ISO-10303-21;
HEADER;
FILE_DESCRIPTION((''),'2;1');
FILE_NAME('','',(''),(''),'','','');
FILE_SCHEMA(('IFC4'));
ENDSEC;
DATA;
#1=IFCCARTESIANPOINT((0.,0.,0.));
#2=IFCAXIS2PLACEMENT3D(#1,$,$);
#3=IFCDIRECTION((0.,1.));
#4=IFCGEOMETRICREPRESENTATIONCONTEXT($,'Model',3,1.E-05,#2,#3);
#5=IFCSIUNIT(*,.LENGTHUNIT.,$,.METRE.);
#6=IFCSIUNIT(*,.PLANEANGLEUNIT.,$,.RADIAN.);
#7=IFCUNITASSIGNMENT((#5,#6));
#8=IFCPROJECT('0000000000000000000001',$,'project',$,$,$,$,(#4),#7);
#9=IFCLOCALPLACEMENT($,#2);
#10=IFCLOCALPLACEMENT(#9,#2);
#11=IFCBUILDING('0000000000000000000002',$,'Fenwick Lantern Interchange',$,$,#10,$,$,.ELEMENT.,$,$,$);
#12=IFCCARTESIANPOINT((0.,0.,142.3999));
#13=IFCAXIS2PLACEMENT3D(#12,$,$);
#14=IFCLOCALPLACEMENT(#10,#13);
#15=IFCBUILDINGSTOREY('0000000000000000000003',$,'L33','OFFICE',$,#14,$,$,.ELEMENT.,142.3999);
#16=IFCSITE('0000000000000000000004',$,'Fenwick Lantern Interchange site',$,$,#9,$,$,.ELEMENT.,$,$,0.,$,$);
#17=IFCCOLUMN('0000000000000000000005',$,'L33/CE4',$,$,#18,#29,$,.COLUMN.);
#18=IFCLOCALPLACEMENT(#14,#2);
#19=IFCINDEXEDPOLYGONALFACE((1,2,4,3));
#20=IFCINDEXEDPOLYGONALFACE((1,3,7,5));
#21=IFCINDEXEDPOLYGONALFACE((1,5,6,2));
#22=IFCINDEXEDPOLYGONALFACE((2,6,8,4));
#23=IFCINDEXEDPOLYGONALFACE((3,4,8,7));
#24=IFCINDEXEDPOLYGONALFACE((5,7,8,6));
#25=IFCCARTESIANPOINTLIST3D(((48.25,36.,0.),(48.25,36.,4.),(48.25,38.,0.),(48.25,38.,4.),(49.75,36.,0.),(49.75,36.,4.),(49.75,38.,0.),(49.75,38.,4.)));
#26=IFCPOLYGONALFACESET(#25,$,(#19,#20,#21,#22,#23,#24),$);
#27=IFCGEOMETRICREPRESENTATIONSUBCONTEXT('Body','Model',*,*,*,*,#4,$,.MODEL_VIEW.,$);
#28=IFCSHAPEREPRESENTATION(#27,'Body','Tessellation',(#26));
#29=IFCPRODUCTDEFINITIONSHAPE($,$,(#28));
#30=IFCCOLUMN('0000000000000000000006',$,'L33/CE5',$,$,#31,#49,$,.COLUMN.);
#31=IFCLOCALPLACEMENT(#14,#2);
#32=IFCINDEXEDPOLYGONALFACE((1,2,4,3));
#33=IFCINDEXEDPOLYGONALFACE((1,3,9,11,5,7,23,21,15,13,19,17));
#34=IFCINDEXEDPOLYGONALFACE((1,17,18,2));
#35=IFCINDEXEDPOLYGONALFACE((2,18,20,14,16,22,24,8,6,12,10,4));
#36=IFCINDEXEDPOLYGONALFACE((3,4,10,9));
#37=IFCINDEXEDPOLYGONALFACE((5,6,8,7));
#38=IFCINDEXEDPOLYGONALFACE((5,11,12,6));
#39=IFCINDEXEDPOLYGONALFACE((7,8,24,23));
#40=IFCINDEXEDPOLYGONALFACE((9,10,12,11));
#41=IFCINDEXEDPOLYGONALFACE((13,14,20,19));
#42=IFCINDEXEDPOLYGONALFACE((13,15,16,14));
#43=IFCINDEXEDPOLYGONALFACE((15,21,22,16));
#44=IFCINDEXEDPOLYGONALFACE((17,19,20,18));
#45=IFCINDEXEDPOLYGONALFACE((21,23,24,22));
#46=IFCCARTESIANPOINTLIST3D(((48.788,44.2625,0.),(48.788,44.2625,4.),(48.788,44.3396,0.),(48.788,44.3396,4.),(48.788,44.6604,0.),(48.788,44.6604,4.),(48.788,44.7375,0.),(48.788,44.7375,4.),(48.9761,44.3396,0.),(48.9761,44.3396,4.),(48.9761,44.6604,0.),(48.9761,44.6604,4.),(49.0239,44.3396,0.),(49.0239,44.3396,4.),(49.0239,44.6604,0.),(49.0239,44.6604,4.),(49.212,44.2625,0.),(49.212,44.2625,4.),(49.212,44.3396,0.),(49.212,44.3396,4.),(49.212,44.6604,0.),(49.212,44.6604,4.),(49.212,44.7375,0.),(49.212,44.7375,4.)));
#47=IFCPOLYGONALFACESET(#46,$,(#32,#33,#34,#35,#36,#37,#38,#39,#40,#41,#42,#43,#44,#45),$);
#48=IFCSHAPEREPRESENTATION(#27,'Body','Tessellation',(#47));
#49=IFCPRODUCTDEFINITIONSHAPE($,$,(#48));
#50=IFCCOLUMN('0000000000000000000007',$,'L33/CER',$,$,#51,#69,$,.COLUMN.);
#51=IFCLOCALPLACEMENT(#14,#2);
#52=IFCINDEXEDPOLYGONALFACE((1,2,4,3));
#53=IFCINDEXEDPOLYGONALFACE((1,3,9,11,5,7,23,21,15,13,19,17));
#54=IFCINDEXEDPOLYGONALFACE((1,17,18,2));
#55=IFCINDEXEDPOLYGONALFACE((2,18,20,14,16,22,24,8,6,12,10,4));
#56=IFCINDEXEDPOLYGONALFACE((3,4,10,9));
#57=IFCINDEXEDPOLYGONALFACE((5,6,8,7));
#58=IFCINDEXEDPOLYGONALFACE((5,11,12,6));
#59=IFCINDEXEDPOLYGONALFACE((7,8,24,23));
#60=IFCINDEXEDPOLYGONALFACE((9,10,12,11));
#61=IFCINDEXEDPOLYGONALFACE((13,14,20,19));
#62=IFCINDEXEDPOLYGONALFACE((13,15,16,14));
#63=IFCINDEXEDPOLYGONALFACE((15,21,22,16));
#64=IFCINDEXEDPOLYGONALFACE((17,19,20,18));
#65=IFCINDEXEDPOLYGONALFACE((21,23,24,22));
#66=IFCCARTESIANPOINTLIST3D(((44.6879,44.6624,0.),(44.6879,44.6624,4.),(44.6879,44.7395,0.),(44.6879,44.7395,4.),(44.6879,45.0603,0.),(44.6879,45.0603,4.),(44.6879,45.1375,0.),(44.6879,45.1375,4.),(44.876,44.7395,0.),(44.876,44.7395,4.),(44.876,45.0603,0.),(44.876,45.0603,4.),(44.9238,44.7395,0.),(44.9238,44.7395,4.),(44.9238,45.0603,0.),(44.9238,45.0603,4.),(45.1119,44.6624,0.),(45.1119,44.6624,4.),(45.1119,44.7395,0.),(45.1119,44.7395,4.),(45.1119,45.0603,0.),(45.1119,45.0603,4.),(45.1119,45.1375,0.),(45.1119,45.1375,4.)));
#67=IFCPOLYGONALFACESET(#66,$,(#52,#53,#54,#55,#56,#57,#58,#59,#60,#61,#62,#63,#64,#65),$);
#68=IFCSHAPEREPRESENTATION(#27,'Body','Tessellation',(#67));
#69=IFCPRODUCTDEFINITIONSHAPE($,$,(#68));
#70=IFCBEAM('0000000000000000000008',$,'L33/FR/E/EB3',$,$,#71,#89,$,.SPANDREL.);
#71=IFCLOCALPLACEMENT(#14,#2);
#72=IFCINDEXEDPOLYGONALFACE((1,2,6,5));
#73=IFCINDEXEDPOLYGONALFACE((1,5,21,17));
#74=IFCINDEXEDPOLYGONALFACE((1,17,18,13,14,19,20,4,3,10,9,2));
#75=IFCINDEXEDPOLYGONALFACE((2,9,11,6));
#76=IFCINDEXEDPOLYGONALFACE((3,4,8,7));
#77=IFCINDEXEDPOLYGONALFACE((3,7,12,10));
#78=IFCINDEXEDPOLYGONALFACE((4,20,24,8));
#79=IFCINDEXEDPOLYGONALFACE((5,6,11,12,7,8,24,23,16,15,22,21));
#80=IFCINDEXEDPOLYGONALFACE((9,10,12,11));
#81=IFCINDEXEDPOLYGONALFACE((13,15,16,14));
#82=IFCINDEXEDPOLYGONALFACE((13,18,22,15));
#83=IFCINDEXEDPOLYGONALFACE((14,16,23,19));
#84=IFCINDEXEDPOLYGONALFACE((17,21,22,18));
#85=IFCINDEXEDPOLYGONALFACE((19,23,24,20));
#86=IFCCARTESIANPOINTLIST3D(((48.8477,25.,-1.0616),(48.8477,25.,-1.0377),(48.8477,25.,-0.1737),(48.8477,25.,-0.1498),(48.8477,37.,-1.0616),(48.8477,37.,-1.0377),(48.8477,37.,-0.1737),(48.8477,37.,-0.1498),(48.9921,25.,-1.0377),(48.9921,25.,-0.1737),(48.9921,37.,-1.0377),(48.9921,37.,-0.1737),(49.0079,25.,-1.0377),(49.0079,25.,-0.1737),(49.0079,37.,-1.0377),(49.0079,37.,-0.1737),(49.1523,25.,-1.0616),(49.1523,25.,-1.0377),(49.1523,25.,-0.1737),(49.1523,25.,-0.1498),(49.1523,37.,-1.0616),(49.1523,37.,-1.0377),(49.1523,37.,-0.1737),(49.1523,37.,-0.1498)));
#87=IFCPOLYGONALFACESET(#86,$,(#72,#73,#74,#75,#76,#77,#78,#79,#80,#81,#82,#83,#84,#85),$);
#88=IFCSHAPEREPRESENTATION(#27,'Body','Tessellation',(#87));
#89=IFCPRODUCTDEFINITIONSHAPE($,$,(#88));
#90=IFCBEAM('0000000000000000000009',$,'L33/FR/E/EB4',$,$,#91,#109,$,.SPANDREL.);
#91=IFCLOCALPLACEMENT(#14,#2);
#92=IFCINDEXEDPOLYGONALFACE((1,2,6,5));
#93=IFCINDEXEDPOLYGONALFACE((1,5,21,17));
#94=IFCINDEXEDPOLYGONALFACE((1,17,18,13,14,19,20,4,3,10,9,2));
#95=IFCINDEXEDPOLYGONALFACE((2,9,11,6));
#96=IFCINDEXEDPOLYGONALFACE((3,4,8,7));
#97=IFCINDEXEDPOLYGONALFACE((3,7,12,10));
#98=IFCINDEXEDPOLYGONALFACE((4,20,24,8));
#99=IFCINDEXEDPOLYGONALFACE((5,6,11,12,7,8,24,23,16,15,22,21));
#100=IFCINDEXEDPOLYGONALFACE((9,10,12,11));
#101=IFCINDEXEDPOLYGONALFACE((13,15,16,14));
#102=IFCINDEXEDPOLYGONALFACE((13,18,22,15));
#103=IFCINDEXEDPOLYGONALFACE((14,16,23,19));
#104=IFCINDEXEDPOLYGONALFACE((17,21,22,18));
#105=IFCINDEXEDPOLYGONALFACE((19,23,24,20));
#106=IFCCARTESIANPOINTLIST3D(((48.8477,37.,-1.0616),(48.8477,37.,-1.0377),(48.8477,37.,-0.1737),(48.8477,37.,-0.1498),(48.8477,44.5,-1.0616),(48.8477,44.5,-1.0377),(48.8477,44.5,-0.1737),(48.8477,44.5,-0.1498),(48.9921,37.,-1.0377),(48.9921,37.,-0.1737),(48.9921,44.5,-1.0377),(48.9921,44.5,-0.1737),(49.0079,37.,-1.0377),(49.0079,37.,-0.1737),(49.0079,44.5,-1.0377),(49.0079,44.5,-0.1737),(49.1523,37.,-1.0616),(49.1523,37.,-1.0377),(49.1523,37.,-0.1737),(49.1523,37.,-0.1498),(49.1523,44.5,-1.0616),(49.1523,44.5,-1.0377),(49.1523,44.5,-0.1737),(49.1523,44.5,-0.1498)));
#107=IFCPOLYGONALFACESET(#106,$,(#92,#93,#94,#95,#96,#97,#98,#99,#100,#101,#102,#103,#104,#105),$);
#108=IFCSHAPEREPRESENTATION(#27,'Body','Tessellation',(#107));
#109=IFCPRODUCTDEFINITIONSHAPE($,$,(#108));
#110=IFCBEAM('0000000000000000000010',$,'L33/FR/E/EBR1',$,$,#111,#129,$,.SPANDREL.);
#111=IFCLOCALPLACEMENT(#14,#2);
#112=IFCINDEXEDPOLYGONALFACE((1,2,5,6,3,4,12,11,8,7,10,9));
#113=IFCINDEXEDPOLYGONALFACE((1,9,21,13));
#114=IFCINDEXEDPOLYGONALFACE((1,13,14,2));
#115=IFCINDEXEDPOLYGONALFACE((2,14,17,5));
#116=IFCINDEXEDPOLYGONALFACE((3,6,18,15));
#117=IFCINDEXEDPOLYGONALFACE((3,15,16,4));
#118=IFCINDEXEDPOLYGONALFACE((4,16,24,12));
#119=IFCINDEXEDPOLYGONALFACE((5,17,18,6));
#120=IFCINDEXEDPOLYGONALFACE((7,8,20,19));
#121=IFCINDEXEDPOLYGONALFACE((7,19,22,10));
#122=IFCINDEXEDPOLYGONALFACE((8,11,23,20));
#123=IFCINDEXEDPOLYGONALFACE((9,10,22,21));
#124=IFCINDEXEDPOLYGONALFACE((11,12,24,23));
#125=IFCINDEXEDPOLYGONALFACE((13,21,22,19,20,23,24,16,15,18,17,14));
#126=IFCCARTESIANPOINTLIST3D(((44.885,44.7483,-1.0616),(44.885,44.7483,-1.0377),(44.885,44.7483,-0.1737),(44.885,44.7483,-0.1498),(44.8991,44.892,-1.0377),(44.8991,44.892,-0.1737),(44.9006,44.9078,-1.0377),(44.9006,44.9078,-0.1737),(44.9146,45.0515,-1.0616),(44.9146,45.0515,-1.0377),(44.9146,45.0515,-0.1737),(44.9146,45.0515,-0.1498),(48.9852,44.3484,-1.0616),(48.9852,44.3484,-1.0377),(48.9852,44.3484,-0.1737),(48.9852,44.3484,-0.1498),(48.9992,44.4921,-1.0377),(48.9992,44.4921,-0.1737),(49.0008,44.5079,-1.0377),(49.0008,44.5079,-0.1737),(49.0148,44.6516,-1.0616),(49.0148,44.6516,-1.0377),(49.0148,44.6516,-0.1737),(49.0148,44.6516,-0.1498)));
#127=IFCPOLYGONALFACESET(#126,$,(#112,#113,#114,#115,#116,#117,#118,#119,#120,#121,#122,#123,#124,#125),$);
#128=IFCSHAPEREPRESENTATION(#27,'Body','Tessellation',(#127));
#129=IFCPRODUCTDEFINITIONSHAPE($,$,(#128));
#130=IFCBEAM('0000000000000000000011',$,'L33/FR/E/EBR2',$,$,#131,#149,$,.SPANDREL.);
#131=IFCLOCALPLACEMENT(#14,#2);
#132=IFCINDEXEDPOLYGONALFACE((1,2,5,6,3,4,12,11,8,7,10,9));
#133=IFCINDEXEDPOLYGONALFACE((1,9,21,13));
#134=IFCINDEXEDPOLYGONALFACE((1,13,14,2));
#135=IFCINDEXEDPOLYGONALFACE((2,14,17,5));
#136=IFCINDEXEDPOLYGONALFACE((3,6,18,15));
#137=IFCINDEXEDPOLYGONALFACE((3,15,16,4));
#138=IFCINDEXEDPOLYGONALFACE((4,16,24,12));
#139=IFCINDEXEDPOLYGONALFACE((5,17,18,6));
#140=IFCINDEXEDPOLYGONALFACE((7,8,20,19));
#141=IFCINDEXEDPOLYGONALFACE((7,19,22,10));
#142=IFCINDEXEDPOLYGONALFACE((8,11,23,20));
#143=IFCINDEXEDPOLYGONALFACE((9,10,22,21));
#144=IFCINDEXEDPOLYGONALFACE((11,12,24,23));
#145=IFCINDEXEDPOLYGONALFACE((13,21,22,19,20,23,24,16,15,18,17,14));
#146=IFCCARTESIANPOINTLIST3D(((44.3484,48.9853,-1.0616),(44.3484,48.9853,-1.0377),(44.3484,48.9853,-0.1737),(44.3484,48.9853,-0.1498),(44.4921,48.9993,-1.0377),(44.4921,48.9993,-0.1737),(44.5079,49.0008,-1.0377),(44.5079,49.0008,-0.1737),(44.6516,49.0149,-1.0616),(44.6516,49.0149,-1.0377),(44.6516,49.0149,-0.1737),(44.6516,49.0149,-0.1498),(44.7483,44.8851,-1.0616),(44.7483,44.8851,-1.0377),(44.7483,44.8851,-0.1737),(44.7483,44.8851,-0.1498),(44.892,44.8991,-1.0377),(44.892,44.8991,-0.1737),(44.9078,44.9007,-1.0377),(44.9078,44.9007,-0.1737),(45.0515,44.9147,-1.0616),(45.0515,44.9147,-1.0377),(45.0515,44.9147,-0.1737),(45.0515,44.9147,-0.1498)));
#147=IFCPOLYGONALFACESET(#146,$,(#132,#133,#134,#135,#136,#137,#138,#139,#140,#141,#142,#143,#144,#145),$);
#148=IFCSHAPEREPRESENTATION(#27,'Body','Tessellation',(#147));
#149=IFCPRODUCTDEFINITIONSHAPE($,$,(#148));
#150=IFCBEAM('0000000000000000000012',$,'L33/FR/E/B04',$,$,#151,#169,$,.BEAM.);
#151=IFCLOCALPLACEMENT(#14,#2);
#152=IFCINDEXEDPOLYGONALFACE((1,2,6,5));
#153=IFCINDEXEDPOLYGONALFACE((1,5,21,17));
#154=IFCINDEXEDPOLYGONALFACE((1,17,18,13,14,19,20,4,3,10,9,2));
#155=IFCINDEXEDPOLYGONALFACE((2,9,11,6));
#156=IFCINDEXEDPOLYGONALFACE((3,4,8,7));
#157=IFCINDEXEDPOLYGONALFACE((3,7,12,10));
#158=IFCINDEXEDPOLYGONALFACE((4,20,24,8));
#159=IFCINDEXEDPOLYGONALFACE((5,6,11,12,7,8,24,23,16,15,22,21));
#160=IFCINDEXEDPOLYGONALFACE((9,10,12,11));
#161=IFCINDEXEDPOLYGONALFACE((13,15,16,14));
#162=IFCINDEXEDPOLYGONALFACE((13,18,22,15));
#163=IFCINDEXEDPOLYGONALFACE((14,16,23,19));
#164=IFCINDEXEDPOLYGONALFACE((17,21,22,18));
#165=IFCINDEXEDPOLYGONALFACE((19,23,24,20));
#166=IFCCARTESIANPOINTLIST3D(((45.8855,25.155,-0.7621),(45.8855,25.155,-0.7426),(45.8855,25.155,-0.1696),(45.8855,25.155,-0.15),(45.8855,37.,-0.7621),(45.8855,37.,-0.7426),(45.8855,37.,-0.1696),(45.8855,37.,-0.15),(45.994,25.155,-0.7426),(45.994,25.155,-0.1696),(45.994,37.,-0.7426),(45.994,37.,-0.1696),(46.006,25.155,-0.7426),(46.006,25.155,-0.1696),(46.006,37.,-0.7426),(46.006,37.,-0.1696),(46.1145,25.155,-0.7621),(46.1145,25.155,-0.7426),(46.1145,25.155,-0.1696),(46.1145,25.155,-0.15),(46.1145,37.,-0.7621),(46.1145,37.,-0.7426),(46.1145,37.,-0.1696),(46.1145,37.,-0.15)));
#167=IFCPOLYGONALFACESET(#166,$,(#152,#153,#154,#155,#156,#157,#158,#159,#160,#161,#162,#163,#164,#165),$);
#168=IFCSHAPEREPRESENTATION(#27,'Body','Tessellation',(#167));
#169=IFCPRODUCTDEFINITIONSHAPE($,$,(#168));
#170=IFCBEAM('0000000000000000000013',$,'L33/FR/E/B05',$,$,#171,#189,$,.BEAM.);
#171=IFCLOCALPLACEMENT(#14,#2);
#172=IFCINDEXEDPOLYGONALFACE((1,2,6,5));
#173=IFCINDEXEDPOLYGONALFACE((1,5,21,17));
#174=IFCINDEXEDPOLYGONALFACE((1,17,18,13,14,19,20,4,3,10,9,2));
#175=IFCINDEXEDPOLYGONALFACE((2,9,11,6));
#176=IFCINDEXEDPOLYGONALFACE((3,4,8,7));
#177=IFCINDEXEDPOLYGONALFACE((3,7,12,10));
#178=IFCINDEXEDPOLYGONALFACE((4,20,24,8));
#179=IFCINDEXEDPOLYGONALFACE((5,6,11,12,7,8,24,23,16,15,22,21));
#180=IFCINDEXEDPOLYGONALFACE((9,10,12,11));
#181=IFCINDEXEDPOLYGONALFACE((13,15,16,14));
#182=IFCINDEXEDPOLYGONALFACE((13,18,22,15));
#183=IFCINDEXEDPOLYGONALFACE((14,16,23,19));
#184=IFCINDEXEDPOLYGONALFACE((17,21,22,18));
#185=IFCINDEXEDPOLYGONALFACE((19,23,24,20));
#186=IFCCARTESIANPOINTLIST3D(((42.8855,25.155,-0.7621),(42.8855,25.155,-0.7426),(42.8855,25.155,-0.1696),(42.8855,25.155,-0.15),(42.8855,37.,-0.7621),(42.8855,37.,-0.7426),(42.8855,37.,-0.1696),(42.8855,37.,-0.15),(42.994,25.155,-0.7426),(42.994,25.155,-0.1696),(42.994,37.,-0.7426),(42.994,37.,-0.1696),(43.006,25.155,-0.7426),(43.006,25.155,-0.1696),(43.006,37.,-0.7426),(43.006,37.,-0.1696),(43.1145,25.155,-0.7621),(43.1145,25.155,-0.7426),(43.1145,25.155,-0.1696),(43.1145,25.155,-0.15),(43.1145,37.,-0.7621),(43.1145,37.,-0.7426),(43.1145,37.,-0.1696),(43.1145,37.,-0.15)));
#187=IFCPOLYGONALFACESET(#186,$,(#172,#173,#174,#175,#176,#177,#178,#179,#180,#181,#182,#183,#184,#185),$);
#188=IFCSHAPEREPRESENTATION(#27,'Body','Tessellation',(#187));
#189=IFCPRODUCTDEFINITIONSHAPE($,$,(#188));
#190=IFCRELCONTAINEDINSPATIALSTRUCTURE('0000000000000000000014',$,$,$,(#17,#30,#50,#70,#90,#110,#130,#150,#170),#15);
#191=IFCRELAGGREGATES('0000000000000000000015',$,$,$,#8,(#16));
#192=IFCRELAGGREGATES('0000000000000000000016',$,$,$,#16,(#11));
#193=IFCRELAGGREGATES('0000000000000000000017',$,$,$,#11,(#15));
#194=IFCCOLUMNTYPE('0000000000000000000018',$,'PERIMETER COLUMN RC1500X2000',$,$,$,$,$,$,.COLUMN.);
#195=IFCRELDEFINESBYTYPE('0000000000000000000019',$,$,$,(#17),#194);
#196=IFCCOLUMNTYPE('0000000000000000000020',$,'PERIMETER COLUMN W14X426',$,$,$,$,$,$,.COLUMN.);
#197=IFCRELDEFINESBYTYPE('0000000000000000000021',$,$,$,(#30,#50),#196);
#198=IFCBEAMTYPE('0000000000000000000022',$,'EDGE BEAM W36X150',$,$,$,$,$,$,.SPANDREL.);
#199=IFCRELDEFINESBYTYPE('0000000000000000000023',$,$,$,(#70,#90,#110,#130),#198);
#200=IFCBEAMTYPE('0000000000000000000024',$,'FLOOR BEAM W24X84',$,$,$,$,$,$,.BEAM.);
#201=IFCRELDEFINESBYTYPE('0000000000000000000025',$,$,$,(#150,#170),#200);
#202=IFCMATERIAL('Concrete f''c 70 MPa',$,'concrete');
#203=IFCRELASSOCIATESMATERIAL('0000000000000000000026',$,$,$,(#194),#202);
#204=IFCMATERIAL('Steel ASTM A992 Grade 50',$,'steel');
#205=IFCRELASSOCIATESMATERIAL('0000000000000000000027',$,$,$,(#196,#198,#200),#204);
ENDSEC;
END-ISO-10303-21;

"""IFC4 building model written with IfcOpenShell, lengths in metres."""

from ifc_helpers import new_model, si_unit, direction, frame, origin, origin_2d, place, context, subcontext, project, spatial, rectangle, i_section, extrude, material, material_profile, profile_set, type_object, element, save


model = new_model("IFC4")

# Units and contexts
model_context = context("Model", 3, precision=1e-05, world=origin(), true_north=direction((0.0, 1.0)))
body_context = subcontext(model_context, "Body", "Model", "MODEL_VIEW")
ifc_project = project(units=[si_unit("LENGTHUNIT", "METRE"), si_unit("PLANEANGLEUNIT", "RADIAN")], contexts=[model_context])

# Site, building, storey
site_placement = place(None, origin())
site = spatial("IfcSite", under=ifc_project, at=site_placement, Name="Fenwick Lantern Interchange site", CompositionType="ELEMENT", RefElevation=0.0)
building_placement = place(site_placement, origin())
building = spatial("IfcBuilding", under=site, at=building_placement, Name="Fenwick Lantern Interchange", CompositionType="ELEMENT")
storey_placement = place(building_placement, frame((0.0, 0.0, 142.3999)))
storey = spatial("IfcBuildingStorey", under=building, at=storey_placement, Name="L33", Description="OFFICE", CompositionType="ELEMENT", Elevation=142.3999)

# Columns
ifc_material_1 = material(Name="Concrete f'c 70 MPa", Category="concrete")
ifc_material_profile_1 = material_profile(ifc_material_1, rectangle(XDim=1.5, YDim=2.0, at=origin_2d()), Name="RC1500X2000")
ifc_profile_set_1 = profile_set([ifc_material_profile_1], Name="Concrete f'c 70 MPa")
column_type_1 = type_object("IfcColumnType", Name="PERIMETER COLUMN RC1500X2000", PredefinedType="COLUMN", material=ifc_profile_set_1)
column_placement = place(storey_placement, frame((49.0, 37.0, 0.0), z_axis=(0.0, 0.0, 1.0), x_axis=(1.0, 0.0, 0.0)))
element("IfcColumn", 1, at=column_placement, inside=storey, type_object=column_type_1, Name="L33/CE4", PredefinedType="COLUMN", context=body_context, shape_type="SweptSolid", body=[
    extrude(rectangle(XDim=1.5, YDim=2.0, at=origin_2d()), origin(), (0.0, 0.0, 1.0), 4.0),
])
ifc_material_2 = material(Name="Steel ASTM A992 Grade 50", Category="steel")
ifc_material_profile_2 = material_profile(ifc_material_2, i_section(OverallWidth=0.4241, OverallDepth=0.4751, WebThickness=0.0479, FlangeThickness=0.0771, at=origin_2d()), Name="W14X426")
ifc_profile_set_2 = profile_set([ifc_material_profile_2], Name="Steel ASTM A992 Grade 50")
column_type_2 = type_object("IfcColumnType", Name="PERIMETER COLUMN W14X426", PredefinedType="COLUMN", material=ifc_profile_set_2)
for number, where, z_axis, x_axis, name in (
    (2, (49.0, 44.5, 0.0), (0.0, 0.0, 1.0), (1.0, 0.0, 0.0), "L33/CE5"),
    (3, (44.8999, 44.8999, 0.0), (0.0, 0.0, 1.0), (1.0, 0.0, 0.0), "L33/CER"),
):
    element("IfcColumn", number, at=place(storey_placement, frame(where, z_axis=z_axis, x_axis=x_axis)), inside=storey, type_object=column_type_2, Name=name, PredefinedType="COLUMN", context=body_context, shape_type="SweptSolid", body=[
        extrude(i_section(OverallWidth=0.4241, OverallDepth=0.4751, WebThickness=0.0479, FlangeThickness=0.0771, at=origin_2d()), origin(), (0.0, 0.0, 1.0), 4.0),
    ])

# Beams
ifc_material_profile_3 = material_profile(ifc_material_2, i_section(OverallWidth=0.3047, OverallDepth=0.9119, WebThickness=0.0159, FlangeThickness=0.0239, at=origin_2d()), Name="W36X150")
ifc_profile_set_3 = profile_set([ifc_material_profile_3], Name="Steel ASTM A992 Grade 50")
beam_type_1 = type_object("IfcBeamType", Name="EDGE BEAM W36X150", PredefinedType="SPANDREL", material=ifc_profile_set_3)
beam_1_placement = place(storey_placement, frame((49.0, 25.0, -0.6057), z_axis=(0.0, 1.0, 0.0), x_axis=(-1.0, 0.0, 0.0)))
element("IfcBeam", 4, at=beam_1_placement, inside=storey, type_object=beam_type_1, Name="L33/FR/E/EB3", PredefinedType="SPANDREL", context=body_context, shape_type="SweptSolid", body=[
    extrude(i_section(OverallWidth=0.3047, OverallDepth=0.9119, WebThickness=0.0159, FlangeThickness=0.0239, at=origin_2d()), origin(), (0.0, 0.0, 1.0), 12.0),
])
beam_2_placement = place(storey_placement, frame((49.0, 37.0, -0.6057), z_axis=(0.0, 1.0, 0.0), x_axis=(-1.0, 0.0, 0.0)))
element("IfcBeam", 5, at=beam_2_placement, inside=storey, type_object=beam_type_1, Name="L33/FR/E/EB4", PredefinedType="SPANDREL", context=body_context, shape_type="SweptSolid", body=[
    extrude(i_section(OverallWidth=0.3047, OverallDepth=0.9119, WebThickness=0.0159, FlangeThickness=0.0239, at=origin_2d()), origin(), (0.0, 0.0, 1.0), 7.5),
])
for number, where, z_axis, x_axis, name in (
    (6, (49.0, 44.5, -0.6057), (-0.995277, 0.097074, 0.0), (-0.097074, -0.995277, 0.0), "L33/FR/E/EBR1"),
    (7, (44.8999, 44.8999, -0.6057), (-0.097074, 0.995277, 0.0), (-0.995277, -0.097074, 0.0), "L33/FR/E/EBR2"),
):
    element("IfcBeam", number, at=place(storey_placement, frame(where, z_axis=z_axis, x_axis=x_axis)), inside=storey, type_object=beam_type_1, Name=name, PredefinedType="SPANDREL", context=body_context, shape_type="SweptSolid", body=[
        extrude(i_section(OverallWidth=0.3047, OverallDepth=0.9119, WebThickness=0.0159, FlangeThickness=0.0239, at=origin_2d()), origin(), (0.0, 0.0, 1.0), 4.1196),
    ])
ifc_material_profile_4 = material_profile(ifc_material_2, i_section(OverallWidth=0.229, OverallDepth=0.6121, WebThickness=0.012, FlangeThickness=0.0195, at=origin_2d()), Name="W24X84")
ifc_profile_set_4 = profile_set([ifc_material_profile_4], Name="Steel ASTM A992 Grade 50")
beam_type_2 = type_object("IfcBeamType", Name="FLOOR BEAM W24X84", PredefinedType="BEAM", material=ifc_profile_set_4)
for number, where, z_axis, x_axis, name in (
    (8, (46.0, 25.155, -0.4561), (0.0, 1.0, 0.0), (-1.0, 0.0, 0.0), "L33/FR/E/B04"),
    (9, (43.0, 25.155, -0.4561), (0.0, 1.0, 0.0), (-1.0, 0.0, 0.0), "L33/FR/E/B05"),
):
    element("IfcBeam", number, at=place(storey_placement, frame(where, z_axis=z_axis, x_axis=x_axis)), inside=storey, type_object=beam_type_2, Name=name, PredefinedType="BEAM", context=body_context, shape_type="SweptSolid", body=[
        extrude(i_section(OverallWidth=0.229, OverallDepth=0.6121, WebThickness=0.012, FlangeThickness=0.0195, at=origin_2d()), origin(), (0.0, 0.0, 1.0), 11.845),
    ])

save(model, "model.ifc")
